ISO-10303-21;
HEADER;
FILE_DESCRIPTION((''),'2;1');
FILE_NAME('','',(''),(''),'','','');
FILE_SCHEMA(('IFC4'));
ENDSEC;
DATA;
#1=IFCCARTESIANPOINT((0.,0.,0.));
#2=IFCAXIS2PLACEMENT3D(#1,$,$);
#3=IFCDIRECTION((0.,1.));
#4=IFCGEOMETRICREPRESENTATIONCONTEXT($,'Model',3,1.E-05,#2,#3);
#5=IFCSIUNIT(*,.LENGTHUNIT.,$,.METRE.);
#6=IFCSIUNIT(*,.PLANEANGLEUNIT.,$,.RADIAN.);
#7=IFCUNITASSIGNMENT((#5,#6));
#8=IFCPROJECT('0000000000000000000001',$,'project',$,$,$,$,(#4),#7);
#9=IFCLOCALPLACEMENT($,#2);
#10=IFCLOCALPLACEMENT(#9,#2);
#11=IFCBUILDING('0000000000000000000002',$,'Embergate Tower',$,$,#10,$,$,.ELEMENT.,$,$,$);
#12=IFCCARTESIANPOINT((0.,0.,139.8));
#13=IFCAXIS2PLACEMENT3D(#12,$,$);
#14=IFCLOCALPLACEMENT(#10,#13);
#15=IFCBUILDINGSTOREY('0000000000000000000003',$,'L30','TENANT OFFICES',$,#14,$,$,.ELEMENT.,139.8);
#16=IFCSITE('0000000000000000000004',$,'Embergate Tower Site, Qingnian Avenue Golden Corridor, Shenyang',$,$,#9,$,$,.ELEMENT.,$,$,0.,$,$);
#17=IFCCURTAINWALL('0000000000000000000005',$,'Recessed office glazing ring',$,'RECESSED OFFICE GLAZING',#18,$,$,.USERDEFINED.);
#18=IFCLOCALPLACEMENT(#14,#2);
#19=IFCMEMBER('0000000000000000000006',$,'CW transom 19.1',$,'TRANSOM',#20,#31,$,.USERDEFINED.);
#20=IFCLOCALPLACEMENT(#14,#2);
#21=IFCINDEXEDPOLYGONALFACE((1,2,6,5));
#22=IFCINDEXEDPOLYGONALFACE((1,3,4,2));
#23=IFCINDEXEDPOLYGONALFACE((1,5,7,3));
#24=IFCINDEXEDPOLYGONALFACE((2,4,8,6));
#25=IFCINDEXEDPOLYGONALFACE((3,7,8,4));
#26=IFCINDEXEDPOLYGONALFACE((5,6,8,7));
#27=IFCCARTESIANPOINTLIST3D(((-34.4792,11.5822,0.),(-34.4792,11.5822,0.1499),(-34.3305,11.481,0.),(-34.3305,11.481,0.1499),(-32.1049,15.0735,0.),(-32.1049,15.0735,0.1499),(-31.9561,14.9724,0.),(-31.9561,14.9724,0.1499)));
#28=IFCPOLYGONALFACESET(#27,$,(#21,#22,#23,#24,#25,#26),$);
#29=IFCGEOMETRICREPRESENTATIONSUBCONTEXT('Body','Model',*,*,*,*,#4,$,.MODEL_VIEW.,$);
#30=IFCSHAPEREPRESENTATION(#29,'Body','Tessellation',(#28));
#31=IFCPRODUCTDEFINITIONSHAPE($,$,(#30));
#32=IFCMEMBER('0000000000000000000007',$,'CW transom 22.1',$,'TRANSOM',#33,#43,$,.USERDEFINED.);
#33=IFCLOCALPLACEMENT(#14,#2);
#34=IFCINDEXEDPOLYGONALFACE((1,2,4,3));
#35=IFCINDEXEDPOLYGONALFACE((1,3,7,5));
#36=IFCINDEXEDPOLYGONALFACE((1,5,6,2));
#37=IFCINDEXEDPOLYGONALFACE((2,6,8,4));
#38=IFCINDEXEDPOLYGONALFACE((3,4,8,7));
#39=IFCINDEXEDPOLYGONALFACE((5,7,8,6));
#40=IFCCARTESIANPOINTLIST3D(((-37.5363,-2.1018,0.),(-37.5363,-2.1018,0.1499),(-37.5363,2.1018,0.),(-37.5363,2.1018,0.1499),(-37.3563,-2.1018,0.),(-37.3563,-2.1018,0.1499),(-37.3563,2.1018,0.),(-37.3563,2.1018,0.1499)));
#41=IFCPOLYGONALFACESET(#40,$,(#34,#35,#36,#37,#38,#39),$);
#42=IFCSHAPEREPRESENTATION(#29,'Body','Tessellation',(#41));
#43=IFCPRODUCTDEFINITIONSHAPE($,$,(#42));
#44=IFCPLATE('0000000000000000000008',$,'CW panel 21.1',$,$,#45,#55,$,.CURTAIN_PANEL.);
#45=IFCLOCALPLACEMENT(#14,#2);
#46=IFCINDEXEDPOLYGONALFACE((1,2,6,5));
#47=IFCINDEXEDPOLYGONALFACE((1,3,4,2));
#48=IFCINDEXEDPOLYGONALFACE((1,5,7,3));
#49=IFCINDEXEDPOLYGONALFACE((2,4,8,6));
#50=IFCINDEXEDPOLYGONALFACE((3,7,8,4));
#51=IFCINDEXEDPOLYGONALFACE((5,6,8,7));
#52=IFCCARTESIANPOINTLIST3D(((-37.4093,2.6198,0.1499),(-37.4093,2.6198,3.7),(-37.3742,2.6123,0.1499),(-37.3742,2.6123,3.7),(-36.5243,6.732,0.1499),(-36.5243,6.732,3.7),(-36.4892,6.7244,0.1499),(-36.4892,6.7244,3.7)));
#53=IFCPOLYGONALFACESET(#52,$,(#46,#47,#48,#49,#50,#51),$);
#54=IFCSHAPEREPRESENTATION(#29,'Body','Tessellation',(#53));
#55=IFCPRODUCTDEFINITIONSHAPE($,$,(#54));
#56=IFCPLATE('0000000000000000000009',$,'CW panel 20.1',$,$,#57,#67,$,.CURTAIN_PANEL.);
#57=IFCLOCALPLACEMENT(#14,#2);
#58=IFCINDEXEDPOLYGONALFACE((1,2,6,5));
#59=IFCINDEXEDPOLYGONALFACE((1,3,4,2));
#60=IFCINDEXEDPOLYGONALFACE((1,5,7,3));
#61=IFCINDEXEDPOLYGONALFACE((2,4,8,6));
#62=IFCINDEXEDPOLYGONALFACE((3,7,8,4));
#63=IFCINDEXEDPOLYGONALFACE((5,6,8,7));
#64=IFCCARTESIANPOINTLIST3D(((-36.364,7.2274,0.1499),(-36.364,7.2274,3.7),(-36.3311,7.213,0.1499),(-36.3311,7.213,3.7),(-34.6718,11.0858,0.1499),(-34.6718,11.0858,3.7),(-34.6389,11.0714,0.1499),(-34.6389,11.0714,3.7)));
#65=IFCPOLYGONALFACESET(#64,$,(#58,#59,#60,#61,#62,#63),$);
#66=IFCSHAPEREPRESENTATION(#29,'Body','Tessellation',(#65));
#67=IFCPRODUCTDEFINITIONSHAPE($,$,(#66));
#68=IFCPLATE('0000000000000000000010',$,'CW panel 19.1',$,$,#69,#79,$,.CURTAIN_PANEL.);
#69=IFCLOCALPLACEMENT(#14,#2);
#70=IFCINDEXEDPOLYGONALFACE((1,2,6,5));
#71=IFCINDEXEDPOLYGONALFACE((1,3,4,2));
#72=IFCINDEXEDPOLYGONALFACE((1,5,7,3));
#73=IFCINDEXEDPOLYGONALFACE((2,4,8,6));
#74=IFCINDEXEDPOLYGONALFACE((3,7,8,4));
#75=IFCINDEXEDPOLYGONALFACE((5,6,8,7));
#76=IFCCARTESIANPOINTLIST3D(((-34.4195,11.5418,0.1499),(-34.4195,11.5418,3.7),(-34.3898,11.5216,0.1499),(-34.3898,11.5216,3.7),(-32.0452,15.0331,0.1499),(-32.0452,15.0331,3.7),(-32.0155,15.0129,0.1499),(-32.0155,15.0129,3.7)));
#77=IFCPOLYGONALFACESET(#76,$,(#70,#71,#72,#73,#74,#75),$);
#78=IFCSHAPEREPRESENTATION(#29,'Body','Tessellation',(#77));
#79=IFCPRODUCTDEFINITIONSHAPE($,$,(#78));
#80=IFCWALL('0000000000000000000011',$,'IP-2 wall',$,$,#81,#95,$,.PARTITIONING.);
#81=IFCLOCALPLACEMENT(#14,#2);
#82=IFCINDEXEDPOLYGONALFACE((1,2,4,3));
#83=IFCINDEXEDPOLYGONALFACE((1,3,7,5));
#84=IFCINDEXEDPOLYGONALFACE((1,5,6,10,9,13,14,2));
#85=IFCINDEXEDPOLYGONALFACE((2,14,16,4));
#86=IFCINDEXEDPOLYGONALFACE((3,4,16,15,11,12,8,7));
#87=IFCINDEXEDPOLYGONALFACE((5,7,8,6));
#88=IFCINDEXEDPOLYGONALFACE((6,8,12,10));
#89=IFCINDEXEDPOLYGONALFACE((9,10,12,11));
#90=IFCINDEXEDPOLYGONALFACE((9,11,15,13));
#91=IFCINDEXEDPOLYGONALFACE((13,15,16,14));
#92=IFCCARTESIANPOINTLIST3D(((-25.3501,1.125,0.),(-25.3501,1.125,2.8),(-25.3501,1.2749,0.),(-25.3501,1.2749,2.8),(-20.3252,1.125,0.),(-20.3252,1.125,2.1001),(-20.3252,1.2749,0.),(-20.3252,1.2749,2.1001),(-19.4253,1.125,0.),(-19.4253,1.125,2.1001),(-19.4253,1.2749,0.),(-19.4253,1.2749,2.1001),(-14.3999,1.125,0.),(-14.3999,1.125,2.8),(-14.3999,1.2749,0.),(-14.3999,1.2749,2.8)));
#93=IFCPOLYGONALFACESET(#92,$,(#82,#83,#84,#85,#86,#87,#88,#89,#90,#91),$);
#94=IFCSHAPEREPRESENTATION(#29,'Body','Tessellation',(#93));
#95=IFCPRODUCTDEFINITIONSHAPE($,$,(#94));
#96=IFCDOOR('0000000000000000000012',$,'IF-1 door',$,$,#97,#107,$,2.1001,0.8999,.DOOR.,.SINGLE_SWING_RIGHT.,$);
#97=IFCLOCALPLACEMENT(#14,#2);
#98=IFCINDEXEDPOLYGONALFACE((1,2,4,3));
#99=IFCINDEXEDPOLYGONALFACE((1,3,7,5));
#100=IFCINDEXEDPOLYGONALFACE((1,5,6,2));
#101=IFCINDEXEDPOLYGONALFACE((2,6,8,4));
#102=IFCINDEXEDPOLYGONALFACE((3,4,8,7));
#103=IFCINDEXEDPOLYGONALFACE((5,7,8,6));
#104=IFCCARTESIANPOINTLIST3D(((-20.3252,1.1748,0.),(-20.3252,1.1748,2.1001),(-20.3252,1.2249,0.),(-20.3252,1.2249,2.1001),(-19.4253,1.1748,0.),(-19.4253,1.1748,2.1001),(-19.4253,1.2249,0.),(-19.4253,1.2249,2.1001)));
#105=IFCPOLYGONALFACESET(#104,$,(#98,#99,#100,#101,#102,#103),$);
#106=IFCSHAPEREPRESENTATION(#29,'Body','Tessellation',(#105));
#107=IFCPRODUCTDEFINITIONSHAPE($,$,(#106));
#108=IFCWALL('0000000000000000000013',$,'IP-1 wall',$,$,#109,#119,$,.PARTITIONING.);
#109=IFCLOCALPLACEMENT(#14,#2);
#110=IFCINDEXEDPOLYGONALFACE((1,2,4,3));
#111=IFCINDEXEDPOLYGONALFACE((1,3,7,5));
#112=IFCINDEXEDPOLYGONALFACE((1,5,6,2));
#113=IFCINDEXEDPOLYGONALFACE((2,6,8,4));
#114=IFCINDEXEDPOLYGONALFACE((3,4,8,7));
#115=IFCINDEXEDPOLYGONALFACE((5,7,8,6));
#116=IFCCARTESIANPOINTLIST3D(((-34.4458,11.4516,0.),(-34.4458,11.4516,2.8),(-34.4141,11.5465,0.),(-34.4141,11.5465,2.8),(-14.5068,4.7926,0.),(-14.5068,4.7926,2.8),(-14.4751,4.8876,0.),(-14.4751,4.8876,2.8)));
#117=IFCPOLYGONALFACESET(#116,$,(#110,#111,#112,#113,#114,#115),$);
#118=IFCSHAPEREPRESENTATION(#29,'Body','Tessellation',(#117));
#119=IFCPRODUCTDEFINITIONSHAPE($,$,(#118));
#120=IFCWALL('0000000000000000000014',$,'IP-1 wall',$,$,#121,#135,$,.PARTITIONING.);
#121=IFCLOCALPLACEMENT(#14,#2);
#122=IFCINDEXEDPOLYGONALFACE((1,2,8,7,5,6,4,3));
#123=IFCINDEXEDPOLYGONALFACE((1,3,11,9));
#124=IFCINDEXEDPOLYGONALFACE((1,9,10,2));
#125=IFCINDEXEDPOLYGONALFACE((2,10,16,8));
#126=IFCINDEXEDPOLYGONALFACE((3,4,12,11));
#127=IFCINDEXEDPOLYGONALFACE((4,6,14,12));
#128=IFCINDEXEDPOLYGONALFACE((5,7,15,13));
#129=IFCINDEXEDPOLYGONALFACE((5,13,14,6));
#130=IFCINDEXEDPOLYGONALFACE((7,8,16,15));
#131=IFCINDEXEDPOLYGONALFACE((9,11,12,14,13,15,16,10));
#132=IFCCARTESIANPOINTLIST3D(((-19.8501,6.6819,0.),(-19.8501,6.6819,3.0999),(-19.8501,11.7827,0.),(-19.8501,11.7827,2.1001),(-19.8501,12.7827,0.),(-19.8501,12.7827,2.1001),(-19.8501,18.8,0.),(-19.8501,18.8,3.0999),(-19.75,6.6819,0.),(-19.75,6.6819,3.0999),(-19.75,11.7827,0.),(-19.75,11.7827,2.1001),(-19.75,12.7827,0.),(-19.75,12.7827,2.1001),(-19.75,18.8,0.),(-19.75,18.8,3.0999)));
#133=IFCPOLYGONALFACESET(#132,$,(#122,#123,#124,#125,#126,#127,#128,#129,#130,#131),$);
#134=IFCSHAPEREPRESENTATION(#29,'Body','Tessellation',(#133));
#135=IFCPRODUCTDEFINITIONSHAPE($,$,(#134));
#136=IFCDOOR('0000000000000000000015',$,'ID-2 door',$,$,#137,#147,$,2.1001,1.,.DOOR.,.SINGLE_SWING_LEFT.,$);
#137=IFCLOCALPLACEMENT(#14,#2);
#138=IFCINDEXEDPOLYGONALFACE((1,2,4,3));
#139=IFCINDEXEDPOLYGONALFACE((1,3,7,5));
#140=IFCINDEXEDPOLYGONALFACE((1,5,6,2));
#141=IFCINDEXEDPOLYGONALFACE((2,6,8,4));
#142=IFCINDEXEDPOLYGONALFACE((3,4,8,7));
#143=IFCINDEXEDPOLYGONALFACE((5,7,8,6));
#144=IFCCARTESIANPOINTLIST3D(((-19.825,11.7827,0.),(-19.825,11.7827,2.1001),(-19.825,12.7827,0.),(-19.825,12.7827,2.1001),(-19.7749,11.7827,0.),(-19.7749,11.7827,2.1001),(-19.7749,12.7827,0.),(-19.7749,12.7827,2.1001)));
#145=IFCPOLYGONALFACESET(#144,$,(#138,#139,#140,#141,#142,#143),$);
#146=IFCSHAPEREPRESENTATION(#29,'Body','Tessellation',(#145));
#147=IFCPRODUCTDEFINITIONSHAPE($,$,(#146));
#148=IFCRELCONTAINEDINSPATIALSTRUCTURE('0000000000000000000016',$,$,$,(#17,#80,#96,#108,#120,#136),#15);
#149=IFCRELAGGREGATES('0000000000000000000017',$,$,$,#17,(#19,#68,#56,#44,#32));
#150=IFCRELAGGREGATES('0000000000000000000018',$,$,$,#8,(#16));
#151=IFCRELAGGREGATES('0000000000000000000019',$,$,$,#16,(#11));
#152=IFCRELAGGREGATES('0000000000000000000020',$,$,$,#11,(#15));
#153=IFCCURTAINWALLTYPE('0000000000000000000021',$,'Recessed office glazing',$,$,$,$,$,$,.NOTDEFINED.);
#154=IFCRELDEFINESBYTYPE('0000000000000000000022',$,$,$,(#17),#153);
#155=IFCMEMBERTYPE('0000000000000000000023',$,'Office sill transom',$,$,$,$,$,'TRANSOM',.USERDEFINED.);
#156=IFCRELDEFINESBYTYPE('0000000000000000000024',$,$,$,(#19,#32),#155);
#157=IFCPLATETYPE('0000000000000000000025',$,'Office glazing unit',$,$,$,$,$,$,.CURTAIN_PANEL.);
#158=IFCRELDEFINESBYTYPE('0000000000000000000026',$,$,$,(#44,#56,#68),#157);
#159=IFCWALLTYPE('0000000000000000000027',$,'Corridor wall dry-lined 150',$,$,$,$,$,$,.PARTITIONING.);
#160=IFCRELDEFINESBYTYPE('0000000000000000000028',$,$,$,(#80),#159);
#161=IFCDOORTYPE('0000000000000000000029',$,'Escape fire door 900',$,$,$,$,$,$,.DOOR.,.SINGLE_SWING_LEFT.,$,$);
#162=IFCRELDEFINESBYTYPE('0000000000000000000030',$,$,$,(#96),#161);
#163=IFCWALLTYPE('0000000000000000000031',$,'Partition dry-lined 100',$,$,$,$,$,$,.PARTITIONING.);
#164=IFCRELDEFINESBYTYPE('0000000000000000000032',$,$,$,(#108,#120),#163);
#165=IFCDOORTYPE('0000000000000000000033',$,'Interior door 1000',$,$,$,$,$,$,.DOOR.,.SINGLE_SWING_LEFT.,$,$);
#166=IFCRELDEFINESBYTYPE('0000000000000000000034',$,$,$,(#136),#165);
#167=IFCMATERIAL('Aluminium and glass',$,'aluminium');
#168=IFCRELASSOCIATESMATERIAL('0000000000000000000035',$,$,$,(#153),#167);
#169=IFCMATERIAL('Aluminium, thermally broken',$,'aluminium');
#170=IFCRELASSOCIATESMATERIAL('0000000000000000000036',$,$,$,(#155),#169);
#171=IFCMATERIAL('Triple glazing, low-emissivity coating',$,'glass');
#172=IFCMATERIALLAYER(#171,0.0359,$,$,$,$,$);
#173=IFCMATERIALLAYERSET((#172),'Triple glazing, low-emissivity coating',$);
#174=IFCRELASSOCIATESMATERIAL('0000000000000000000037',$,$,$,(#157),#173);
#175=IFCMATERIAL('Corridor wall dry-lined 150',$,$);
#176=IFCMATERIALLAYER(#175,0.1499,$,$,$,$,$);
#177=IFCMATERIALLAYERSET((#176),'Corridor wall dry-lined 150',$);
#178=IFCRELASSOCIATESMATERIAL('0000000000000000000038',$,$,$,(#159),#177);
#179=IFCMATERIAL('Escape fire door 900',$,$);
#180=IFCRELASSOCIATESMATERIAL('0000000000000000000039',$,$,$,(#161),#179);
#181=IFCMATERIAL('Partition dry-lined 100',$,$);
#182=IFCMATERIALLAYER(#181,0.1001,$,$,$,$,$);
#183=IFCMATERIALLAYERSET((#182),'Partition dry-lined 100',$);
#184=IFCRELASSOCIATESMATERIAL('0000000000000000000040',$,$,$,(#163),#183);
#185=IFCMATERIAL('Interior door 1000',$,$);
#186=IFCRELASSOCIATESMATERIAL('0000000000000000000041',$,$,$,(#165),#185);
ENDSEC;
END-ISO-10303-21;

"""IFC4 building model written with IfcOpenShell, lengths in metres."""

from ifc_helpers import new_model, si_unit, direction, frame, frame_2d, origin, origin_2d, place, context, subcontext, project, spatial, rectangle, extrude, source, transform, mapped, material, layer, layer_set, material_profile, profile_set, type_object, element, fill, aggregate, save


model = new_model("IFC4")

# Units and contexts
model_context = context("Model", 3, precision=1e-05, world=origin(), true_north=direction((0.0, 1.0)))
body_context = subcontext(model_context, "Body", "Model", "MODEL_VIEW")
ifc_project = project(units=[si_unit("LENGTHUNIT", "METRE"), si_unit("PLANEANGLEUNIT", "RADIAN")], contexts=[model_context])

# Site, building, storey
site_placement = place(None, origin())
site = spatial("IfcSite", under=ifc_project, at=site_placement, Name="Embergate Tower Site, Qingnian Avenue Golden Corridor, Shenyang", CompositionType="ELEMENT", RefElevation=0.0)
building_placement = place(site_placement, origin())
building = spatial("IfcBuilding", under=site, at=building_placement, Name="Embergate Tower", CompositionType="ELEMENT")
storey_placement = place(building_placement, frame((0.0, 0.0, 139.8)))
storey = spatial("IfcBuildingStorey", under=building, at=storey_placement, Name="L30", Description="TENANT OFFICES", CompositionType="ELEMENT", Elevation=139.8)

# Curtain wall, members, plates
ifc_material_1 = material(Name="Aluminium and glass", Category="aluminium")
curtain_wall_type = type_object("IfcCurtainWallType", Name="Recessed office glazing", PredefinedType="NOTDEFINED", material=ifc_material_1)
curtain_wall_placement = place(storey_placement, origin())
curtain_wall = element("IfcCurtainWall", 1, at=curtain_wall_placement, inside=storey, type_object=curtain_wall_type, Name="Recessed office glazing ring", ObjectType="RECESSED OFFICE GLAZING", PredefinedType="USERDEFINED")
ifc_material_2 = material(Name="Aluminium, thermally broken", Category="aluminium")
ifc_material_profile_1 = material_profile(ifc_material_2, rectangle(XDim=0.1799, YDim=0.1499, at=origin_2d()), Name="AL 150x180")
ifc_profile_set_1 = profile_set([ifc_material_profile_1], Name="Aluminium, thermally broken")
member_type_1 = type_object("IfcMemberType", Name="Office sill transom", ElementType="TRANSOM", PredefinedType="USERDEFINED", material=ifc_profile_set_1)
shared_shape_1 = source(origin(), body_context, "Body", "SweptSolid", [
    extrude(rectangle(XDim=0.1799, YDim=0.1499, at=origin_2d()), origin(), (0.0, 0.0, 1.0), 4.2222),
])
member_1_placement = place(storey_placement, frame((-32.0305, 15.0229, 0.075), z_axis=(-0.56235, -0.8269, 0.0), x_axis=(0.8269, -0.56235, 0.0)))
member_1 = element("IfcMember", 2, at=member_1_placement, type_object=member_type_1, Name="CW transom 19.1", ObjectType="TRANSOM", PredefinedType="USERDEFINED", context=body_context, shape_type="MappedRepresentation", body=[
    mapped(shared_shape_1, transform((0.0, 0.0, 0.0))),
])
shared_shape_2 = source(origin(), body_context, "Body", "SweptSolid", [
    extrude(rectangle(XDim=0.1799, YDim=0.1499, at=origin_2d()), origin(), (0.0, 0.0, 1.0), 4.2036),
])
member_2_placement = place(storey_placement, frame((-37.4463, 2.1018, 0.075), z_axis=(0.0, -1.0, 0.0), x_axis=(1.0, 0.0, 0.0)))
member_2 = element("IfcMember", 3, at=member_2_placement, type_object=member_type_1, Name="CW transom 22.1", ObjectType="TRANSOM", PredefinedType="USERDEFINED", context=body_context, shape_type="MappedRepresentation", body=[
    mapped(shared_shape_2, transform((0.0, 0.0, 0.0))),
])
ifc_material_3 = material(Name="Triple glazing, low-emissivity coating", Category="glass")
ifc_layer_1 = layer(ifc_material_3, 0.0359)
ifc_layer_set_1 = layer_set([ifc_layer_1], Name="Triple glazing, low-emissivity coating")
plate_type = type_object("IfcPlateType", Name="Office glazing unit", PredefinedType="CURTAIN_PANEL", material=ifc_layer_set_1)
shared_shape_3 = source(origin(), body_context, "Body", "SweptSolid", [
    extrude(rectangle(XDim=4.2063, YDim=0.0359, at=origin_2d()), origin(), (0.0, 0.0, 1.0), 3.55),
])
plate_1_placement = place(storey_placement, frame((-36.9492, 4.6721, 0.1499), z_axis=(0.0, 0.0, 1.0), x_axis=(-0.210398, -0.977616, 0.0)))
plate_1 = element("IfcPlate", 4, at=plate_1_placement, type_object=plate_type, Name="CW panel 21.1", PredefinedType="CURTAIN_PANEL", context=body_context, shape_type="MappedRepresentation", body=[
    mapped(shared_shape_3, transform((0.0, 0.0, 0.0))),
])
shared_shape_4 = source(origin(), body_context, "Body", "SweptSolid", [
    extrude(rectangle(XDim=4.2131, YDim=0.0359, at=origin_2d()), origin(), (0.0, 0.0, 1.0), 3.55),
])
plate_2_placement = place(storey_placement, frame((-35.5015, 9.1494, 0.1499), z_axis=(0.0, 0.0, 1.0), x_axis=(-0.401655, -0.915791, 0.0)))
plate_2 = element("IfcPlate", 5, at=plate_2_placement, type_object=plate_type, Name="CW panel 20.1", PredefinedType="CURTAIN_PANEL", context=body_context, shape_type="MappedRepresentation", body=[
    mapped(shared_shape_4, transform((0.0, 0.0, 0.0))),
])
shared_shape_5 = source(origin(), body_context, "Body", "SweptSolid", [
    extrude(rectangle(XDim=4.2222, YDim=0.0359, at=origin_2d()), origin(), (0.0, 0.0, 1.0), 3.55),
])
plate_3_placement = place(storey_placement, frame((-33.2175, 13.2773, 0.1499), z_axis=(0.0, 0.0, 1.0), x_axis=(-0.562345, -0.826903, 0.0)))
plate_3 = element("IfcPlate", 6, at=plate_3_placement, type_object=plate_type, Name="CW panel 19.1", PredefinedType="CURTAIN_PANEL", context=body_context, shape_type="MappedRepresentation", body=[
    mapped(shared_shape_5, transform((0.0, 0.0, 0.0))),
])
aggregate(curtain_wall, [member_1, plate_3, plate_2, plate_1, member_2])

# Wall, opening, door
ifc_material_4 = material(Name="Corridor wall dry-lined 150")
ifc_layer_2 = layer(ifc_material_4, 0.1499)
ifc_layer_set_2 = layer_set([ifc_layer_2], Name="Corridor wall dry-lined 150")
wall_type_1 = type_object("IfcWallType", Name="Corridor wall dry-lined 150", PredefinedType="PARTITIONING", material=ifc_layer_set_2)
shared_shape_6 = source(origin(), body_context, "Body", "SweptSolid", [
    extrude(rectangle(XDim=10.9502, YDim=0.1499, at=frame_2d((5.4751, 0.0))), origin(), (0.0, 0.0, 1.0), 2.8),
])
wall_1_placement = place(storey_placement, frame((-25.3501, 1.2, 0.0), z_axis=(0.0, 0.0, 1.0), x_axis=(1.0, 0.0, 0.0)))
wall_1 = element("IfcWall", 7, at=wall_1_placement, inside=storey, type_object=wall_type_1, Name="IP-2 wall", PredefinedType="PARTITIONING", context=body_context, shape_type="MappedRepresentation", body=[
    mapped(shared_shape_6, transform((0.0, 0.0, 0.0))),
])
shared_shape_7 = source(origin(), body_context, "Body", "SweptSolid", [
    extrude(rectangle(XDim=0.8999, YDim=2.1001, at=frame_2d((0.45, 1.05))), frame((0.0, 0.085, 0.0), z_axis=(0.0, -1.0, 0.0), x_axis=(1.0, 0.0, 0.0)), (0.0, 0.0, 1.0), 0.1699),
])
opening_1_placement = place(wall_1_placement, frame((5.0249, 0.0, 0.0)))
opening_1 = element("IfcOpeningElement", 8, at=opening_1_placement, cuts=wall_1, PredefinedType="OPENING", context=body_context, shape_type="MappedRepresentation", body=[
    mapped(shared_shape_7, transform((0.0, 0.0, 0.0))),
])
ifc_material_5 = material(Name="Escape fire door 900")
door_type_1 = type_object("IfcDoorType", Name="Escape fire door 900", OperationType="SINGLE_SWING_LEFT", PredefinedType="DOOR", material=ifc_material_5)
shared_shape_8 = source(origin(), body_context, "Body", "SweptSolid", [
    extrude(rectangle(XDim=0.8999, YDim=2.1001, at=frame_2d((0.45, 1.05))), frame((0.0, 0.0249, 0.0), z_axis=(0.0, -1.0, 0.0), x_axis=(1.0, 0.0, 0.0)), (0.0, 0.0, 1.0), 0.05),
])
door_1_placement = place(opening_1_placement, origin())
door_1 = element("IfcDoor", 9, at=door_1_placement, inside=storey, type_object=door_type_1, Name="IF-1 door", OperationType="SINGLE_SWING_RIGHT", OverallHeight=2.1001, OverallWidth=0.8999, PredefinedType="DOOR", context=body_context, shape_type="MappedRepresentation", body=[
    mapped(shared_shape_8, transform((0.0, 0.0, 0.0))),
])
fill(opening_1, door_1)

# Wall
ifc_material_6 = material(Name="Partition dry-lined 100")
ifc_layer_3 = layer(ifc_material_6, 0.1001)
ifc_layer_set_3 = layer_set([ifc_layer_3], Name="Partition dry-lined 100")
wall_type_2 = type_object("IfcWallType", Name="Partition dry-lined 100", PredefinedType="PARTITIONING", material=ifc_layer_set_3)
shared_shape_9 = source(origin(), body_context, "Body", "SweptSolid", [
    extrude(rectangle(XDim=21.0215, YDim=0.1001, at=frame_2d((10.5107, 0.0))), origin(), (0.0, 0.0, 1.0), 2.8),
])
wall_2_placement = place(storey_placement, frame((-34.4299, 11.499, 0.0), z_axis=(0.0, 0.0, 1.0), x_axis=(0.948503, -0.316768, 0.0)))
element("IfcWall", 10, at=wall_2_placement, inside=storey, type_object=wall_type_2, Name="IP-1 wall", PredefinedType="PARTITIONING", context=body_context, shape_type="MappedRepresentation", body=[
    mapped(shared_shape_9, transform((0.0, 0.0, 0.0))),
])

# Wall, opening, door
shared_shape_10 = source(origin(), body_context, "Body", "SweptSolid", [
    extrude(rectangle(XDim=12.1182, YDim=0.1001, at=frame_2d((6.0591, 0.0))), origin(), (0.0, 0.0, 1.0), 3.0999),
])
wall_3_placement = place(storey_placement, frame((-19.8, 6.6819, 0.0), z_axis=(0.0, 0.0, 1.0), x_axis=(0.0, 1.0, 0.0)))
wall_3 = element("IfcWall", 11, at=wall_3_placement, inside=storey, type_object=wall_type_2, Name="IP-1 wall", PredefinedType="PARTITIONING", context=body_context, shape_type="MappedRepresentation", body=[
    mapped(shared_shape_10, transform((0.0, 0.0, 0.0))),
])
shared_shape_11 = source(origin(), body_context, "Body", "SweptSolid", [
    extrude(rectangle(XDim=1.0, YDim=2.1001, at=frame_2d((0.5, 1.05))), frame((0.0, 0.0601, 0.0), z_axis=(0.0, -1.0, 0.0), x_axis=(1.0, 0.0, 0.0)), (0.0, 0.0, 1.0), 0.1201),
])
opening_2_placement = place(wall_3_placement, frame((5.1008, 0.0, 0.0)))
opening_2 = element("IfcOpeningElement", 12, at=opening_2_placement, cuts=wall_3, PredefinedType="OPENING", context=body_context, shape_type="MappedRepresentation", body=[
    mapped(shared_shape_11, transform((0.0, 0.0, 0.0))),
])
ifc_material_7 = material(Name="Interior door 1000")
door_type_2 = type_object("IfcDoorType", Name="Interior door 1000", OperationType="SINGLE_SWING_LEFT", PredefinedType="DOOR", material=ifc_material_7)
shared_shape_12 = source(origin(), body_context, "Body", "SweptSolid", [
    extrude(rectangle(XDim=1.0, YDim=2.1001, at=frame_2d((0.5, 1.05))), frame((0.0, 0.0249, 0.0), z_axis=(0.0, -1.0, 0.0), x_axis=(1.0, 0.0, 0.0)), (0.0, 0.0, 1.0), 0.05),
])
door_2_placement = place(opening_2_placement, origin())
door_2 = element("IfcDoor", 13, at=door_2_placement, inside=storey, type_object=door_type_2, Name="ID-2 door", OperationType="SINGLE_SWING_LEFT", OverallHeight=2.1001, OverallWidth=1.0, PredefinedType="DOOR", context=body_context, shape_type="MappedRepresentation", body=[
    mapped(shared_shape_12, transform((0.0, 0.0, 0.0))),
])
fill(opening_2, door_2)

save(model, "model.ifc")
